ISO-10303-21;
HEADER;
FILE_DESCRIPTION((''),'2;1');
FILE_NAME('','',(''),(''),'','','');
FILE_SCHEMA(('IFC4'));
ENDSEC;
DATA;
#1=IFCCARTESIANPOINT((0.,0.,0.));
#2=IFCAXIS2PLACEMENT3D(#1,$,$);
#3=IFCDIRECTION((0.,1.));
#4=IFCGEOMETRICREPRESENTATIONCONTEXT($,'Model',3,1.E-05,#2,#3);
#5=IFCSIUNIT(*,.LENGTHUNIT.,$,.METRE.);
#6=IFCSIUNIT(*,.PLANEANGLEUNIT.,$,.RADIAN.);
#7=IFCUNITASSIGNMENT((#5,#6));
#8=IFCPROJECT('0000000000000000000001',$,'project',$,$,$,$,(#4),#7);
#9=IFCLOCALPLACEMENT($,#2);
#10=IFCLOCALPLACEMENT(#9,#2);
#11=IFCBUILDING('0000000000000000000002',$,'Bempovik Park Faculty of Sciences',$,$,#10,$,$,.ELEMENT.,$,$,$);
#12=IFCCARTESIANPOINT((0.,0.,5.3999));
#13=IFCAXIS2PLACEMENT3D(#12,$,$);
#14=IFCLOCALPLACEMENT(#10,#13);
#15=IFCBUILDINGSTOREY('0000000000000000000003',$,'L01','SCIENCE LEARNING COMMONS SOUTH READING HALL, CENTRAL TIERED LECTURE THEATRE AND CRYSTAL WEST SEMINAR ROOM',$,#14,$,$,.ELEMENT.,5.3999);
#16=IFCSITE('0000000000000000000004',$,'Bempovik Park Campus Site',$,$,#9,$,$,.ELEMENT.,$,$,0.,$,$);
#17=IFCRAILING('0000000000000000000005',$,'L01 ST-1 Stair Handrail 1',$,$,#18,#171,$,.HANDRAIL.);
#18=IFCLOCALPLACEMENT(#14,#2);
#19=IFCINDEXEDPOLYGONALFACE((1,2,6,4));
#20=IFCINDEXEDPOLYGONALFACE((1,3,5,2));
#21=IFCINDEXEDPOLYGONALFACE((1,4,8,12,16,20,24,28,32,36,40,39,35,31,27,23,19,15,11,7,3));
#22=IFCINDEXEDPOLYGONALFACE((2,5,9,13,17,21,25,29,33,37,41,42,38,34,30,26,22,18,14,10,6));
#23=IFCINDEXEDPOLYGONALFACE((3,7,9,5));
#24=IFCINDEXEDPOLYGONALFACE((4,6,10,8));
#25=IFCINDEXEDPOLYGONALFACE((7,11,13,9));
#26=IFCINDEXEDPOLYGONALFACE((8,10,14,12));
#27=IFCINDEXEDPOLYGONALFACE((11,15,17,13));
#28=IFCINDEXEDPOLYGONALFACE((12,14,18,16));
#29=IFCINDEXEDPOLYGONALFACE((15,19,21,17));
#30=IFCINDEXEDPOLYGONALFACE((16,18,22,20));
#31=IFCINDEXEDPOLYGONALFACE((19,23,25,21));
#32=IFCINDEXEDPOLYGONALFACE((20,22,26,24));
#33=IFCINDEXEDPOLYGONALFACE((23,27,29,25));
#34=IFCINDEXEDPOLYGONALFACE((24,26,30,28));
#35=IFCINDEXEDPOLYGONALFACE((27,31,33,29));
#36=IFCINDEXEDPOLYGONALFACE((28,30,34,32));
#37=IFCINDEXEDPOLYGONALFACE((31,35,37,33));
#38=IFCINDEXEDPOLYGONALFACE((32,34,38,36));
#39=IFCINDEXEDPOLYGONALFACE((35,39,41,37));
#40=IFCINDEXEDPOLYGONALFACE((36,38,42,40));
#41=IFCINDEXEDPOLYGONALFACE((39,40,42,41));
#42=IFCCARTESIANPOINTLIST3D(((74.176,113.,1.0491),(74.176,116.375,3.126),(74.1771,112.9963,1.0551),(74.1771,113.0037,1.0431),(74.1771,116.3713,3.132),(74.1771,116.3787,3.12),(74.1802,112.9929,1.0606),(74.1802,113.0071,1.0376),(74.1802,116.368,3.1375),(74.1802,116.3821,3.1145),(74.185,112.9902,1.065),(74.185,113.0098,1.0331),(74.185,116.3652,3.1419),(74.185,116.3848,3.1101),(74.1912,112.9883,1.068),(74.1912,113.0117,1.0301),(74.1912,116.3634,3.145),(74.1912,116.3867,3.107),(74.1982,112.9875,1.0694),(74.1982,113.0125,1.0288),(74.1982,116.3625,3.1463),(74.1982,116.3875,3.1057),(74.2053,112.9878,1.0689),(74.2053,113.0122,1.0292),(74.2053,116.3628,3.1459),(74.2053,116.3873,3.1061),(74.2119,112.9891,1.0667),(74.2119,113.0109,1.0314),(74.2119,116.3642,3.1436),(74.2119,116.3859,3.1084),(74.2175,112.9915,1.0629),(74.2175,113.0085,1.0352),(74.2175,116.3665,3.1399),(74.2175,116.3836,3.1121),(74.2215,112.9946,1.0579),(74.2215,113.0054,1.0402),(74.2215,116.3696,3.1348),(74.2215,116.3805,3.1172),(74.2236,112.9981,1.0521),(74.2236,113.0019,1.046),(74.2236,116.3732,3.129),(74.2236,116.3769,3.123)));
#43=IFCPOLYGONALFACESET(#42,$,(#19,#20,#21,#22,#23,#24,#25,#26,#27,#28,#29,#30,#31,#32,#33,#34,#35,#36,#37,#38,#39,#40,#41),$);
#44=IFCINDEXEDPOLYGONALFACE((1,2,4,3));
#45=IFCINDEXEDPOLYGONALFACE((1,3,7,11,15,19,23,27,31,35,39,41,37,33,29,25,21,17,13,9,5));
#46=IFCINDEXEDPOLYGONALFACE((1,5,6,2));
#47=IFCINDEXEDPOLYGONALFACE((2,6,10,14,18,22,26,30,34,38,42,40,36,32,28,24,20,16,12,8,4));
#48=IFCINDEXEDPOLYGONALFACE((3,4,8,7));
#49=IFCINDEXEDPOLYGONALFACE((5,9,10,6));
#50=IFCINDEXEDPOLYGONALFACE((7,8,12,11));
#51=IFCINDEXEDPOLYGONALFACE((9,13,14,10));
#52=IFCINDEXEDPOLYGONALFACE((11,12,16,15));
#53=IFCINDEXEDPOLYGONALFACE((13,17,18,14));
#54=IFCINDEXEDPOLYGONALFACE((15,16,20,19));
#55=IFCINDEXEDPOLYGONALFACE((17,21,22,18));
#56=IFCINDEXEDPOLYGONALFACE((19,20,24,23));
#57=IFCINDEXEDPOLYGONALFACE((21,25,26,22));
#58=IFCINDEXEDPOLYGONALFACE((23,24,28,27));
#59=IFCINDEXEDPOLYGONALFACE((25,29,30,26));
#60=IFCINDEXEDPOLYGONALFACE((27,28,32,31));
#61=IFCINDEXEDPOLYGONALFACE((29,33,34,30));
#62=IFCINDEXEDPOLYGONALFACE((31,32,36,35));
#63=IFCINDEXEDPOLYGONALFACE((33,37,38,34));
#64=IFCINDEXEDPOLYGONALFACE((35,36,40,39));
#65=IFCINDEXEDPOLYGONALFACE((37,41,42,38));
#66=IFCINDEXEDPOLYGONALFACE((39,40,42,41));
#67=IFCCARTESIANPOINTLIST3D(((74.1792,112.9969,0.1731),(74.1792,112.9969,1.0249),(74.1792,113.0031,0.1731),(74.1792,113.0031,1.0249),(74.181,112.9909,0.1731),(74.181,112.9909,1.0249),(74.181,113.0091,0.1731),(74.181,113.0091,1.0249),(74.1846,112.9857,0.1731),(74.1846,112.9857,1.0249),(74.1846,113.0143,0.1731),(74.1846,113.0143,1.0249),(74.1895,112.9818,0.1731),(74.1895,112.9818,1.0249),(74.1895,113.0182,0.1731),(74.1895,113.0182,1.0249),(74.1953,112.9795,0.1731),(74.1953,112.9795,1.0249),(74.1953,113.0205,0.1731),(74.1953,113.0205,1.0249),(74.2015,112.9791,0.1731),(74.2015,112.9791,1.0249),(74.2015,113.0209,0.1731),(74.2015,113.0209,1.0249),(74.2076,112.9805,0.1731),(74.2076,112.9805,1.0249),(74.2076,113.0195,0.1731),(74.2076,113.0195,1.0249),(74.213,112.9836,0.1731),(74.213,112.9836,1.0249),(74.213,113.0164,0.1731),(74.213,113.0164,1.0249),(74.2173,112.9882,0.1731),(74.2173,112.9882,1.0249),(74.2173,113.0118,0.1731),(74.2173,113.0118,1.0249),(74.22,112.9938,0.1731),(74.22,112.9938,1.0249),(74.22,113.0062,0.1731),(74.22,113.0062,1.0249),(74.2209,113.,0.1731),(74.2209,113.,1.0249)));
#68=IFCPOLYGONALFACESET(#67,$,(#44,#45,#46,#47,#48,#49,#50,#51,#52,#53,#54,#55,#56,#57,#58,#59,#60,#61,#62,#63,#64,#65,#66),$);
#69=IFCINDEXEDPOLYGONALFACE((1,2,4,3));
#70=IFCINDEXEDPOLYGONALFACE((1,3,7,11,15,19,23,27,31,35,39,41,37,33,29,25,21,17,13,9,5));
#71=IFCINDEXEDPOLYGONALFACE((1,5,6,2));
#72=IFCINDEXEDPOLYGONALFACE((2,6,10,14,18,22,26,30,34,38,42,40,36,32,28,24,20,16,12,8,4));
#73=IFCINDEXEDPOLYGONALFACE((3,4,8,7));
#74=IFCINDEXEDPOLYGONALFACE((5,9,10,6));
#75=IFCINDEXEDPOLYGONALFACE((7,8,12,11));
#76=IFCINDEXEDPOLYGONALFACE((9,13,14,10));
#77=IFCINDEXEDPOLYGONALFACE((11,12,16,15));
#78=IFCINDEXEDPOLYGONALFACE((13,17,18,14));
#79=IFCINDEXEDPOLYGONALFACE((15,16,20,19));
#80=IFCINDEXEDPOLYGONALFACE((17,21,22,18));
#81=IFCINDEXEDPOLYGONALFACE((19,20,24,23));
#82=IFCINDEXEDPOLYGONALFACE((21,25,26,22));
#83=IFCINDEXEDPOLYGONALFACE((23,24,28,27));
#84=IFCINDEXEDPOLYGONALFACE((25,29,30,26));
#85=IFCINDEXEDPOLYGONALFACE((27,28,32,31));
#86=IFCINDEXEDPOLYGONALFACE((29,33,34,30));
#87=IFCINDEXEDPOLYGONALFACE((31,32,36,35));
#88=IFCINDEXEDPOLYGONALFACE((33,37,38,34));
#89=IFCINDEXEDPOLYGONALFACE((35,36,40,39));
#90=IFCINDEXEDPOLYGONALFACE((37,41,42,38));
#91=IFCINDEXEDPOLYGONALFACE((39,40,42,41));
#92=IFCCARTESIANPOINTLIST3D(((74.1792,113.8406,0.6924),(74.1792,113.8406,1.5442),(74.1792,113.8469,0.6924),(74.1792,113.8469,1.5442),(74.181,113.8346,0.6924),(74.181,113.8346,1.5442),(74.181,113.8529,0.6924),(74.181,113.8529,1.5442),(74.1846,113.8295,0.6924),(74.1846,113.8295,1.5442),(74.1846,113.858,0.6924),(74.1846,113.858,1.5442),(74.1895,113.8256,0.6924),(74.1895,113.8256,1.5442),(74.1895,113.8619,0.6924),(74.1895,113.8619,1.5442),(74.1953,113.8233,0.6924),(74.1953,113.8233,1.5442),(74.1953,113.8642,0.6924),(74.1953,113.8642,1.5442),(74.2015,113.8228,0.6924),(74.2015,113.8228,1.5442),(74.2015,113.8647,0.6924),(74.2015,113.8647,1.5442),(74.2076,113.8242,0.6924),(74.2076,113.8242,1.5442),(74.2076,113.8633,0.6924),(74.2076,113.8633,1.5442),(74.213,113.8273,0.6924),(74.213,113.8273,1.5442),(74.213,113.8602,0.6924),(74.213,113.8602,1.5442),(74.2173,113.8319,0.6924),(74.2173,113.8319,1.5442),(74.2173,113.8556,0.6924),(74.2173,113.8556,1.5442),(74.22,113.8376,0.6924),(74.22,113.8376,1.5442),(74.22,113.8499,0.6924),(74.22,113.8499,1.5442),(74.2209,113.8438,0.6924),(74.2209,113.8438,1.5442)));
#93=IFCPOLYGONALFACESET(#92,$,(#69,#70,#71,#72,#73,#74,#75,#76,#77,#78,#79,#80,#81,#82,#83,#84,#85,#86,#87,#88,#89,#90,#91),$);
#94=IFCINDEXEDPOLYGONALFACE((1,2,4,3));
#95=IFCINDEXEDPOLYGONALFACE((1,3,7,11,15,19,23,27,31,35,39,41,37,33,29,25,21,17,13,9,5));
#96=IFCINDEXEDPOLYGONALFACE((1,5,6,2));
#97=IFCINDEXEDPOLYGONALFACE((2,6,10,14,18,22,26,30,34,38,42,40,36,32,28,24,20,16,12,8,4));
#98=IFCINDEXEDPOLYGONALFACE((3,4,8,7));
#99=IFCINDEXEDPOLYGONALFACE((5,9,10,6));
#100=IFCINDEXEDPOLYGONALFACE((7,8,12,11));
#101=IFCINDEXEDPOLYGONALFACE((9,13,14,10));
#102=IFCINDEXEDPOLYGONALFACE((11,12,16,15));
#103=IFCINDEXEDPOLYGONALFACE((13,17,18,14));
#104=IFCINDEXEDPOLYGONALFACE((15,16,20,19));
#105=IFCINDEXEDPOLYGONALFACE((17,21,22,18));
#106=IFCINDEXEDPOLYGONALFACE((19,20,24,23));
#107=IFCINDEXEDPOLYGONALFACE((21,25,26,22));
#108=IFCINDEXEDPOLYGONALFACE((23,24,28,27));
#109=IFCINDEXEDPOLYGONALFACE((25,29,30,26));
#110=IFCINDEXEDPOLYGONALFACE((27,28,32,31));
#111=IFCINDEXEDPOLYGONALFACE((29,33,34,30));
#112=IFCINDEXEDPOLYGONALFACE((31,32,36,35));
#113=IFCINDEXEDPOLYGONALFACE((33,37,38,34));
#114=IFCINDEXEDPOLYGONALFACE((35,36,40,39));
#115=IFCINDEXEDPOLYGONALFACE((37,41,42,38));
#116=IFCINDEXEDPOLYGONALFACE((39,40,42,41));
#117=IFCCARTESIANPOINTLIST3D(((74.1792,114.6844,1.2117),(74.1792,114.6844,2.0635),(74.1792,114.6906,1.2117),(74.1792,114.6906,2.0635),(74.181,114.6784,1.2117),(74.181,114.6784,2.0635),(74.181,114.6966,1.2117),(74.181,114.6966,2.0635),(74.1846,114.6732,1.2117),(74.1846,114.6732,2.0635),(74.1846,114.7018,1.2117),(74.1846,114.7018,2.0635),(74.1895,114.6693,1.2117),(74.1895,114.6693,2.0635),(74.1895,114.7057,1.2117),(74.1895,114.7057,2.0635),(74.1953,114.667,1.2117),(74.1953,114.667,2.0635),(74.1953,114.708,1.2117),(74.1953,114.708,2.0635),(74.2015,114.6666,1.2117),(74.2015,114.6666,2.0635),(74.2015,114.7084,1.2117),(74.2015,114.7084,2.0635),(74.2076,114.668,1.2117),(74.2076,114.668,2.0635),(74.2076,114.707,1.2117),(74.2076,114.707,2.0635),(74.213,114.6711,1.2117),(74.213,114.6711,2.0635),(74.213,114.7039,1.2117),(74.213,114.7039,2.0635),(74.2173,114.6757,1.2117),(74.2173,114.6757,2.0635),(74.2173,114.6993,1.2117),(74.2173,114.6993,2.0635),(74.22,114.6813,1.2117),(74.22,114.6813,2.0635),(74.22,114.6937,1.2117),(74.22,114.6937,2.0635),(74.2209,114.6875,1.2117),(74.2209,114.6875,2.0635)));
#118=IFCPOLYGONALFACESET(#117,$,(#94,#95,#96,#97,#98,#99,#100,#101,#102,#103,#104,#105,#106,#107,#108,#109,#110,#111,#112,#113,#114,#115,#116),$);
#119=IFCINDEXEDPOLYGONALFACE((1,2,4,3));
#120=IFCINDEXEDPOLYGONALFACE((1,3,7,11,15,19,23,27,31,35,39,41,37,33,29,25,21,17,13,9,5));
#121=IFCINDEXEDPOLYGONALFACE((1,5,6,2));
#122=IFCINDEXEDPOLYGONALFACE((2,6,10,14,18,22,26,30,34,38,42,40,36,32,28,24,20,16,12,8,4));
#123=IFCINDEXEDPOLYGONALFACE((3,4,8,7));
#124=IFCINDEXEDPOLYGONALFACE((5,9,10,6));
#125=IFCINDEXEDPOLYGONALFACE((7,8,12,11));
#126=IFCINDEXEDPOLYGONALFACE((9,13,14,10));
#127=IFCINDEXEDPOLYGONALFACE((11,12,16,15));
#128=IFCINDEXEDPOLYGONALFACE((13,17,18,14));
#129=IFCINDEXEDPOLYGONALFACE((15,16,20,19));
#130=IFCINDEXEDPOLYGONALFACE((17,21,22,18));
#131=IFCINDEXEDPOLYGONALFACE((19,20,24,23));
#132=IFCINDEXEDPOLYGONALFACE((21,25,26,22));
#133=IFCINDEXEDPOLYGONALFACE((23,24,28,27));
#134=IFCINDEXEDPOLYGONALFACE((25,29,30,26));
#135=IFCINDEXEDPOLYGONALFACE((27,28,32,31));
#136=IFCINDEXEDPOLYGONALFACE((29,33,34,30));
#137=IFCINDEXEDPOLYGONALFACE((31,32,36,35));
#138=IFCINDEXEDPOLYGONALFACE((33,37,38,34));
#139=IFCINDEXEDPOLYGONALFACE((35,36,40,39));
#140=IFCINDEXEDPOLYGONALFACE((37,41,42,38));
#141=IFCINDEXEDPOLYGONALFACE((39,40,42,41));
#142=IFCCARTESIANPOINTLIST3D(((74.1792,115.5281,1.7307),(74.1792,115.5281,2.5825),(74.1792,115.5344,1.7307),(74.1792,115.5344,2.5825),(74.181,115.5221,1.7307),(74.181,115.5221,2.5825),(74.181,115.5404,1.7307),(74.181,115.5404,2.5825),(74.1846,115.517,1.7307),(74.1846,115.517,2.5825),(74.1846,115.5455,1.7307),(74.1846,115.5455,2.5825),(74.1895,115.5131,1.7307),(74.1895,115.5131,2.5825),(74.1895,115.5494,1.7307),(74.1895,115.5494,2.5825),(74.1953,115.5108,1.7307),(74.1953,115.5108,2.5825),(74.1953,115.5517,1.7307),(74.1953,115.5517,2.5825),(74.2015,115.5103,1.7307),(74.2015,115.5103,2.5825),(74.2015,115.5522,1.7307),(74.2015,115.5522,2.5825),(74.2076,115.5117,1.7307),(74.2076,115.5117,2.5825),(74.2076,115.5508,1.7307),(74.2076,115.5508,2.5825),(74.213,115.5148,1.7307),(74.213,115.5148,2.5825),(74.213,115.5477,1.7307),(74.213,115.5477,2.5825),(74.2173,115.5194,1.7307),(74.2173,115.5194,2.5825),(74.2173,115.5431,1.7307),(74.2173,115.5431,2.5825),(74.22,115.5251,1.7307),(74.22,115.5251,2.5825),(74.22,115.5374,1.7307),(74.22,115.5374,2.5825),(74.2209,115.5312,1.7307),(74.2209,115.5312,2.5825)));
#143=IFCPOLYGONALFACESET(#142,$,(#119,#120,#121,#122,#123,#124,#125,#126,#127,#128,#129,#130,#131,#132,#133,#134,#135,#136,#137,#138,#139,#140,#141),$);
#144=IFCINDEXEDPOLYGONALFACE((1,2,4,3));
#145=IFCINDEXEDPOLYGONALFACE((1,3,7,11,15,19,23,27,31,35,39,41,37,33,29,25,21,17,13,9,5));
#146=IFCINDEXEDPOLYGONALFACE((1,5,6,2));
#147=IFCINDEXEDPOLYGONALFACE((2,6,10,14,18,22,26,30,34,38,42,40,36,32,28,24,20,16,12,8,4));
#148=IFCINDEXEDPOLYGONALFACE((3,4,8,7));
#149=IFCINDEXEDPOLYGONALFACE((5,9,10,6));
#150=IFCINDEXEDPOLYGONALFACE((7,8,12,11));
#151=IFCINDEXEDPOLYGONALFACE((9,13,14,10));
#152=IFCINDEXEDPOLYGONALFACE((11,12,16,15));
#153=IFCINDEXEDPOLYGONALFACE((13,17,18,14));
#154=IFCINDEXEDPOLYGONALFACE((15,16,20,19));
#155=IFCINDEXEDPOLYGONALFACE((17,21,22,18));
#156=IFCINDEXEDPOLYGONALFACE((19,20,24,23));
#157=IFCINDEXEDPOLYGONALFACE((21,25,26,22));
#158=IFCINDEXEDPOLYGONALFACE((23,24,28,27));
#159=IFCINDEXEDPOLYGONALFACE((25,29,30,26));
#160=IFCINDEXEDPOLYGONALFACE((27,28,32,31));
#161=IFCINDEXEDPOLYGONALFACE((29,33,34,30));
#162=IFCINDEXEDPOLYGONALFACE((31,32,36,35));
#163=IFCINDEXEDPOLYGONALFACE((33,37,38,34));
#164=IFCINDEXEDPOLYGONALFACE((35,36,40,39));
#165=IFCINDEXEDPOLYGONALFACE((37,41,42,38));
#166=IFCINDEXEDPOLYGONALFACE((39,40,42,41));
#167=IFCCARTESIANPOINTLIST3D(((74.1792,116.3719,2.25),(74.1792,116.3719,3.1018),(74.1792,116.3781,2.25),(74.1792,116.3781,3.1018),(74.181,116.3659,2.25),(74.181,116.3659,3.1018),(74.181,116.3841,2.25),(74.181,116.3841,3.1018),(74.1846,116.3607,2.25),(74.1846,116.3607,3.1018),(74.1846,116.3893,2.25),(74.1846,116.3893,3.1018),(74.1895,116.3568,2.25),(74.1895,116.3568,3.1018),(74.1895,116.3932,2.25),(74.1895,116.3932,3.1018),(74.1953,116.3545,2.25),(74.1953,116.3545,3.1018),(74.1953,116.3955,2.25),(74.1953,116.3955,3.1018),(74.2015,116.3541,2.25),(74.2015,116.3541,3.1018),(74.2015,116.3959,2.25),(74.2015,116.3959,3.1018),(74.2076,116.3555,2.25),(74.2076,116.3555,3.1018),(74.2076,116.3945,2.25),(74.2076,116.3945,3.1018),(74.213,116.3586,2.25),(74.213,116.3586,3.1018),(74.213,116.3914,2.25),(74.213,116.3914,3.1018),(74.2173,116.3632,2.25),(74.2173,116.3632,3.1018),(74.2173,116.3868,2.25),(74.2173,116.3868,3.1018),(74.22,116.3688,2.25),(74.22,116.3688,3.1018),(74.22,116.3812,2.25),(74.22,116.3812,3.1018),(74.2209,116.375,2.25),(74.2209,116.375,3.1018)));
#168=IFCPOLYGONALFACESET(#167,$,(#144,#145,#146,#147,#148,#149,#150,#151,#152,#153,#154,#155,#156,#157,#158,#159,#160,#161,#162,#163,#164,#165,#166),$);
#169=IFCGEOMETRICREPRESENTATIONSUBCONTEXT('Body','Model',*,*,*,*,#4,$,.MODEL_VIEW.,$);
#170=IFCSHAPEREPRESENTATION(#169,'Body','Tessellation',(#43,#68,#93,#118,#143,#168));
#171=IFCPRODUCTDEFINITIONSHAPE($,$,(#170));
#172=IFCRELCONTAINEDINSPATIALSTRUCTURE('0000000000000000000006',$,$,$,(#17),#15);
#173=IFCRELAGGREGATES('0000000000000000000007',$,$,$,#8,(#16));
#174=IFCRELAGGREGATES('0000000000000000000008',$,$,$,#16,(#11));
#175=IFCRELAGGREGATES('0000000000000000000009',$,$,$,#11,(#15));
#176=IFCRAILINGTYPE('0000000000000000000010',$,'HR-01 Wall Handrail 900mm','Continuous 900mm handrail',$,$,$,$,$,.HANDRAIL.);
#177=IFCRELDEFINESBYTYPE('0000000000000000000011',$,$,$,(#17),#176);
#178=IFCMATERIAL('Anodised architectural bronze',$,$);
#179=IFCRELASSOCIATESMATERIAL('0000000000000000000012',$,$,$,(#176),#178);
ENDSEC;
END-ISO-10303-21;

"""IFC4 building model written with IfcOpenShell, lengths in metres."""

from ifc_helpers import new_model, si_unit, direction, frame, origin, origin_2d, place, context, subcontext, project, spatial, circle, extrude, material, type_object, element, save


model = new_model("IFC4")

# Units and contexts
model_context = context("Model", 3, precision=1e-05, world=origin(), true_north=direction((0.0, 1.0)))
body_context = subcontext(model_context, "Body", "Model", "MODEL_VIEW")
ifc_project = project(units=[si_unit("LENGTHUNIT", "METRE"), si_unit("PLANEANGLEUNIT", "RADIAN")], contexts=[model_context])

# Site, building, storey
site_placement = place(None, origin())
site = spatial("IfcSite", under=ifc_project, at=site_placement, Name="Bempovik Park Campus Site", CompositionType="ELEMENT", RefElevation=0.0)
building_placement = place(site_placement, origin())
building = spatial("IfcBuilding", under=site, at=building_placement, Name="Bempovik Park Faculty of Sciences", CompositionType="ELEMENT")
storey_placement = place(building_placement, frame((0.0, 0.0, 5.3999)))
storey = spatial("IfcBuildingStorey", under=building, at=storey_placement, Name="L01", Description="SCIENCE LEARNING COMMONS SOUTH READING HALL, CENTRAL TIERED LECTURE THEATRE AND CRYSTAL WEST SEMINAR ROOM", CompositionType="ELEMENT", Elevation=5.3999)

# Railing
ifc_material_1 = material(Name="Anodised architectural bronze")
railing_type_1 = type_object("IfcRailingType", Name="HR-01 Wall Handrail 900mm", Description="Continuous 900mm handrail", PredefinedType="HANDRAIL", material=ifc_material_1)
railing_1_placement = place(storey_placement, frame((74.2, 113.0, 0.1731)))
element("IfcRailing", 1, at=railing_1_placement, inside=storey, type_object=railing_type_1, Name="L01 ST-1 Stair Handrail 1", PredefinedType="HANDRAIL", context=body_context, shape_type="SweptSolid", body=[
    extrude(circle(Radius=0.0239, at=origin_2d()), frame((0.0, 0.0, 0.876), z_axis=(0.0, 0.85166, 0.524094), x_axis=(-1.0, 0.0, 0.0)), (0.0, 0.0, 1.0), 3.9629),
    extrude(circle(Radius=0.021, at=origin_2d()), origin(), (0.0, 0.0, 1.0), 0.8518),
    extrude(circle(Radius=0.021, at=origin_2d()), frame((0.0, 0.8438, 0.5193)), (0.0, 0.0, 1.0), 0.8518),
    extrude(circle(Radius=0.021, at=origin_2d()), frame((0.0, 1.6875, 1.0386)), (0.0, 0.0, 1.0), 0.8518),
    extrude(circle(Radius=0.021, at=origin_2d()), frame((0.0, 2.5312, 1.5576)), (0.0, 0.0, 1.0), 0.8518),
    extrude(circle(Radius=0.021, at=origin_2d()), frame((0.0, 3.375, 2.0769)), (0.0, 0.0, 1.0), 0.8518),
])

save(model, "model.ifc")
